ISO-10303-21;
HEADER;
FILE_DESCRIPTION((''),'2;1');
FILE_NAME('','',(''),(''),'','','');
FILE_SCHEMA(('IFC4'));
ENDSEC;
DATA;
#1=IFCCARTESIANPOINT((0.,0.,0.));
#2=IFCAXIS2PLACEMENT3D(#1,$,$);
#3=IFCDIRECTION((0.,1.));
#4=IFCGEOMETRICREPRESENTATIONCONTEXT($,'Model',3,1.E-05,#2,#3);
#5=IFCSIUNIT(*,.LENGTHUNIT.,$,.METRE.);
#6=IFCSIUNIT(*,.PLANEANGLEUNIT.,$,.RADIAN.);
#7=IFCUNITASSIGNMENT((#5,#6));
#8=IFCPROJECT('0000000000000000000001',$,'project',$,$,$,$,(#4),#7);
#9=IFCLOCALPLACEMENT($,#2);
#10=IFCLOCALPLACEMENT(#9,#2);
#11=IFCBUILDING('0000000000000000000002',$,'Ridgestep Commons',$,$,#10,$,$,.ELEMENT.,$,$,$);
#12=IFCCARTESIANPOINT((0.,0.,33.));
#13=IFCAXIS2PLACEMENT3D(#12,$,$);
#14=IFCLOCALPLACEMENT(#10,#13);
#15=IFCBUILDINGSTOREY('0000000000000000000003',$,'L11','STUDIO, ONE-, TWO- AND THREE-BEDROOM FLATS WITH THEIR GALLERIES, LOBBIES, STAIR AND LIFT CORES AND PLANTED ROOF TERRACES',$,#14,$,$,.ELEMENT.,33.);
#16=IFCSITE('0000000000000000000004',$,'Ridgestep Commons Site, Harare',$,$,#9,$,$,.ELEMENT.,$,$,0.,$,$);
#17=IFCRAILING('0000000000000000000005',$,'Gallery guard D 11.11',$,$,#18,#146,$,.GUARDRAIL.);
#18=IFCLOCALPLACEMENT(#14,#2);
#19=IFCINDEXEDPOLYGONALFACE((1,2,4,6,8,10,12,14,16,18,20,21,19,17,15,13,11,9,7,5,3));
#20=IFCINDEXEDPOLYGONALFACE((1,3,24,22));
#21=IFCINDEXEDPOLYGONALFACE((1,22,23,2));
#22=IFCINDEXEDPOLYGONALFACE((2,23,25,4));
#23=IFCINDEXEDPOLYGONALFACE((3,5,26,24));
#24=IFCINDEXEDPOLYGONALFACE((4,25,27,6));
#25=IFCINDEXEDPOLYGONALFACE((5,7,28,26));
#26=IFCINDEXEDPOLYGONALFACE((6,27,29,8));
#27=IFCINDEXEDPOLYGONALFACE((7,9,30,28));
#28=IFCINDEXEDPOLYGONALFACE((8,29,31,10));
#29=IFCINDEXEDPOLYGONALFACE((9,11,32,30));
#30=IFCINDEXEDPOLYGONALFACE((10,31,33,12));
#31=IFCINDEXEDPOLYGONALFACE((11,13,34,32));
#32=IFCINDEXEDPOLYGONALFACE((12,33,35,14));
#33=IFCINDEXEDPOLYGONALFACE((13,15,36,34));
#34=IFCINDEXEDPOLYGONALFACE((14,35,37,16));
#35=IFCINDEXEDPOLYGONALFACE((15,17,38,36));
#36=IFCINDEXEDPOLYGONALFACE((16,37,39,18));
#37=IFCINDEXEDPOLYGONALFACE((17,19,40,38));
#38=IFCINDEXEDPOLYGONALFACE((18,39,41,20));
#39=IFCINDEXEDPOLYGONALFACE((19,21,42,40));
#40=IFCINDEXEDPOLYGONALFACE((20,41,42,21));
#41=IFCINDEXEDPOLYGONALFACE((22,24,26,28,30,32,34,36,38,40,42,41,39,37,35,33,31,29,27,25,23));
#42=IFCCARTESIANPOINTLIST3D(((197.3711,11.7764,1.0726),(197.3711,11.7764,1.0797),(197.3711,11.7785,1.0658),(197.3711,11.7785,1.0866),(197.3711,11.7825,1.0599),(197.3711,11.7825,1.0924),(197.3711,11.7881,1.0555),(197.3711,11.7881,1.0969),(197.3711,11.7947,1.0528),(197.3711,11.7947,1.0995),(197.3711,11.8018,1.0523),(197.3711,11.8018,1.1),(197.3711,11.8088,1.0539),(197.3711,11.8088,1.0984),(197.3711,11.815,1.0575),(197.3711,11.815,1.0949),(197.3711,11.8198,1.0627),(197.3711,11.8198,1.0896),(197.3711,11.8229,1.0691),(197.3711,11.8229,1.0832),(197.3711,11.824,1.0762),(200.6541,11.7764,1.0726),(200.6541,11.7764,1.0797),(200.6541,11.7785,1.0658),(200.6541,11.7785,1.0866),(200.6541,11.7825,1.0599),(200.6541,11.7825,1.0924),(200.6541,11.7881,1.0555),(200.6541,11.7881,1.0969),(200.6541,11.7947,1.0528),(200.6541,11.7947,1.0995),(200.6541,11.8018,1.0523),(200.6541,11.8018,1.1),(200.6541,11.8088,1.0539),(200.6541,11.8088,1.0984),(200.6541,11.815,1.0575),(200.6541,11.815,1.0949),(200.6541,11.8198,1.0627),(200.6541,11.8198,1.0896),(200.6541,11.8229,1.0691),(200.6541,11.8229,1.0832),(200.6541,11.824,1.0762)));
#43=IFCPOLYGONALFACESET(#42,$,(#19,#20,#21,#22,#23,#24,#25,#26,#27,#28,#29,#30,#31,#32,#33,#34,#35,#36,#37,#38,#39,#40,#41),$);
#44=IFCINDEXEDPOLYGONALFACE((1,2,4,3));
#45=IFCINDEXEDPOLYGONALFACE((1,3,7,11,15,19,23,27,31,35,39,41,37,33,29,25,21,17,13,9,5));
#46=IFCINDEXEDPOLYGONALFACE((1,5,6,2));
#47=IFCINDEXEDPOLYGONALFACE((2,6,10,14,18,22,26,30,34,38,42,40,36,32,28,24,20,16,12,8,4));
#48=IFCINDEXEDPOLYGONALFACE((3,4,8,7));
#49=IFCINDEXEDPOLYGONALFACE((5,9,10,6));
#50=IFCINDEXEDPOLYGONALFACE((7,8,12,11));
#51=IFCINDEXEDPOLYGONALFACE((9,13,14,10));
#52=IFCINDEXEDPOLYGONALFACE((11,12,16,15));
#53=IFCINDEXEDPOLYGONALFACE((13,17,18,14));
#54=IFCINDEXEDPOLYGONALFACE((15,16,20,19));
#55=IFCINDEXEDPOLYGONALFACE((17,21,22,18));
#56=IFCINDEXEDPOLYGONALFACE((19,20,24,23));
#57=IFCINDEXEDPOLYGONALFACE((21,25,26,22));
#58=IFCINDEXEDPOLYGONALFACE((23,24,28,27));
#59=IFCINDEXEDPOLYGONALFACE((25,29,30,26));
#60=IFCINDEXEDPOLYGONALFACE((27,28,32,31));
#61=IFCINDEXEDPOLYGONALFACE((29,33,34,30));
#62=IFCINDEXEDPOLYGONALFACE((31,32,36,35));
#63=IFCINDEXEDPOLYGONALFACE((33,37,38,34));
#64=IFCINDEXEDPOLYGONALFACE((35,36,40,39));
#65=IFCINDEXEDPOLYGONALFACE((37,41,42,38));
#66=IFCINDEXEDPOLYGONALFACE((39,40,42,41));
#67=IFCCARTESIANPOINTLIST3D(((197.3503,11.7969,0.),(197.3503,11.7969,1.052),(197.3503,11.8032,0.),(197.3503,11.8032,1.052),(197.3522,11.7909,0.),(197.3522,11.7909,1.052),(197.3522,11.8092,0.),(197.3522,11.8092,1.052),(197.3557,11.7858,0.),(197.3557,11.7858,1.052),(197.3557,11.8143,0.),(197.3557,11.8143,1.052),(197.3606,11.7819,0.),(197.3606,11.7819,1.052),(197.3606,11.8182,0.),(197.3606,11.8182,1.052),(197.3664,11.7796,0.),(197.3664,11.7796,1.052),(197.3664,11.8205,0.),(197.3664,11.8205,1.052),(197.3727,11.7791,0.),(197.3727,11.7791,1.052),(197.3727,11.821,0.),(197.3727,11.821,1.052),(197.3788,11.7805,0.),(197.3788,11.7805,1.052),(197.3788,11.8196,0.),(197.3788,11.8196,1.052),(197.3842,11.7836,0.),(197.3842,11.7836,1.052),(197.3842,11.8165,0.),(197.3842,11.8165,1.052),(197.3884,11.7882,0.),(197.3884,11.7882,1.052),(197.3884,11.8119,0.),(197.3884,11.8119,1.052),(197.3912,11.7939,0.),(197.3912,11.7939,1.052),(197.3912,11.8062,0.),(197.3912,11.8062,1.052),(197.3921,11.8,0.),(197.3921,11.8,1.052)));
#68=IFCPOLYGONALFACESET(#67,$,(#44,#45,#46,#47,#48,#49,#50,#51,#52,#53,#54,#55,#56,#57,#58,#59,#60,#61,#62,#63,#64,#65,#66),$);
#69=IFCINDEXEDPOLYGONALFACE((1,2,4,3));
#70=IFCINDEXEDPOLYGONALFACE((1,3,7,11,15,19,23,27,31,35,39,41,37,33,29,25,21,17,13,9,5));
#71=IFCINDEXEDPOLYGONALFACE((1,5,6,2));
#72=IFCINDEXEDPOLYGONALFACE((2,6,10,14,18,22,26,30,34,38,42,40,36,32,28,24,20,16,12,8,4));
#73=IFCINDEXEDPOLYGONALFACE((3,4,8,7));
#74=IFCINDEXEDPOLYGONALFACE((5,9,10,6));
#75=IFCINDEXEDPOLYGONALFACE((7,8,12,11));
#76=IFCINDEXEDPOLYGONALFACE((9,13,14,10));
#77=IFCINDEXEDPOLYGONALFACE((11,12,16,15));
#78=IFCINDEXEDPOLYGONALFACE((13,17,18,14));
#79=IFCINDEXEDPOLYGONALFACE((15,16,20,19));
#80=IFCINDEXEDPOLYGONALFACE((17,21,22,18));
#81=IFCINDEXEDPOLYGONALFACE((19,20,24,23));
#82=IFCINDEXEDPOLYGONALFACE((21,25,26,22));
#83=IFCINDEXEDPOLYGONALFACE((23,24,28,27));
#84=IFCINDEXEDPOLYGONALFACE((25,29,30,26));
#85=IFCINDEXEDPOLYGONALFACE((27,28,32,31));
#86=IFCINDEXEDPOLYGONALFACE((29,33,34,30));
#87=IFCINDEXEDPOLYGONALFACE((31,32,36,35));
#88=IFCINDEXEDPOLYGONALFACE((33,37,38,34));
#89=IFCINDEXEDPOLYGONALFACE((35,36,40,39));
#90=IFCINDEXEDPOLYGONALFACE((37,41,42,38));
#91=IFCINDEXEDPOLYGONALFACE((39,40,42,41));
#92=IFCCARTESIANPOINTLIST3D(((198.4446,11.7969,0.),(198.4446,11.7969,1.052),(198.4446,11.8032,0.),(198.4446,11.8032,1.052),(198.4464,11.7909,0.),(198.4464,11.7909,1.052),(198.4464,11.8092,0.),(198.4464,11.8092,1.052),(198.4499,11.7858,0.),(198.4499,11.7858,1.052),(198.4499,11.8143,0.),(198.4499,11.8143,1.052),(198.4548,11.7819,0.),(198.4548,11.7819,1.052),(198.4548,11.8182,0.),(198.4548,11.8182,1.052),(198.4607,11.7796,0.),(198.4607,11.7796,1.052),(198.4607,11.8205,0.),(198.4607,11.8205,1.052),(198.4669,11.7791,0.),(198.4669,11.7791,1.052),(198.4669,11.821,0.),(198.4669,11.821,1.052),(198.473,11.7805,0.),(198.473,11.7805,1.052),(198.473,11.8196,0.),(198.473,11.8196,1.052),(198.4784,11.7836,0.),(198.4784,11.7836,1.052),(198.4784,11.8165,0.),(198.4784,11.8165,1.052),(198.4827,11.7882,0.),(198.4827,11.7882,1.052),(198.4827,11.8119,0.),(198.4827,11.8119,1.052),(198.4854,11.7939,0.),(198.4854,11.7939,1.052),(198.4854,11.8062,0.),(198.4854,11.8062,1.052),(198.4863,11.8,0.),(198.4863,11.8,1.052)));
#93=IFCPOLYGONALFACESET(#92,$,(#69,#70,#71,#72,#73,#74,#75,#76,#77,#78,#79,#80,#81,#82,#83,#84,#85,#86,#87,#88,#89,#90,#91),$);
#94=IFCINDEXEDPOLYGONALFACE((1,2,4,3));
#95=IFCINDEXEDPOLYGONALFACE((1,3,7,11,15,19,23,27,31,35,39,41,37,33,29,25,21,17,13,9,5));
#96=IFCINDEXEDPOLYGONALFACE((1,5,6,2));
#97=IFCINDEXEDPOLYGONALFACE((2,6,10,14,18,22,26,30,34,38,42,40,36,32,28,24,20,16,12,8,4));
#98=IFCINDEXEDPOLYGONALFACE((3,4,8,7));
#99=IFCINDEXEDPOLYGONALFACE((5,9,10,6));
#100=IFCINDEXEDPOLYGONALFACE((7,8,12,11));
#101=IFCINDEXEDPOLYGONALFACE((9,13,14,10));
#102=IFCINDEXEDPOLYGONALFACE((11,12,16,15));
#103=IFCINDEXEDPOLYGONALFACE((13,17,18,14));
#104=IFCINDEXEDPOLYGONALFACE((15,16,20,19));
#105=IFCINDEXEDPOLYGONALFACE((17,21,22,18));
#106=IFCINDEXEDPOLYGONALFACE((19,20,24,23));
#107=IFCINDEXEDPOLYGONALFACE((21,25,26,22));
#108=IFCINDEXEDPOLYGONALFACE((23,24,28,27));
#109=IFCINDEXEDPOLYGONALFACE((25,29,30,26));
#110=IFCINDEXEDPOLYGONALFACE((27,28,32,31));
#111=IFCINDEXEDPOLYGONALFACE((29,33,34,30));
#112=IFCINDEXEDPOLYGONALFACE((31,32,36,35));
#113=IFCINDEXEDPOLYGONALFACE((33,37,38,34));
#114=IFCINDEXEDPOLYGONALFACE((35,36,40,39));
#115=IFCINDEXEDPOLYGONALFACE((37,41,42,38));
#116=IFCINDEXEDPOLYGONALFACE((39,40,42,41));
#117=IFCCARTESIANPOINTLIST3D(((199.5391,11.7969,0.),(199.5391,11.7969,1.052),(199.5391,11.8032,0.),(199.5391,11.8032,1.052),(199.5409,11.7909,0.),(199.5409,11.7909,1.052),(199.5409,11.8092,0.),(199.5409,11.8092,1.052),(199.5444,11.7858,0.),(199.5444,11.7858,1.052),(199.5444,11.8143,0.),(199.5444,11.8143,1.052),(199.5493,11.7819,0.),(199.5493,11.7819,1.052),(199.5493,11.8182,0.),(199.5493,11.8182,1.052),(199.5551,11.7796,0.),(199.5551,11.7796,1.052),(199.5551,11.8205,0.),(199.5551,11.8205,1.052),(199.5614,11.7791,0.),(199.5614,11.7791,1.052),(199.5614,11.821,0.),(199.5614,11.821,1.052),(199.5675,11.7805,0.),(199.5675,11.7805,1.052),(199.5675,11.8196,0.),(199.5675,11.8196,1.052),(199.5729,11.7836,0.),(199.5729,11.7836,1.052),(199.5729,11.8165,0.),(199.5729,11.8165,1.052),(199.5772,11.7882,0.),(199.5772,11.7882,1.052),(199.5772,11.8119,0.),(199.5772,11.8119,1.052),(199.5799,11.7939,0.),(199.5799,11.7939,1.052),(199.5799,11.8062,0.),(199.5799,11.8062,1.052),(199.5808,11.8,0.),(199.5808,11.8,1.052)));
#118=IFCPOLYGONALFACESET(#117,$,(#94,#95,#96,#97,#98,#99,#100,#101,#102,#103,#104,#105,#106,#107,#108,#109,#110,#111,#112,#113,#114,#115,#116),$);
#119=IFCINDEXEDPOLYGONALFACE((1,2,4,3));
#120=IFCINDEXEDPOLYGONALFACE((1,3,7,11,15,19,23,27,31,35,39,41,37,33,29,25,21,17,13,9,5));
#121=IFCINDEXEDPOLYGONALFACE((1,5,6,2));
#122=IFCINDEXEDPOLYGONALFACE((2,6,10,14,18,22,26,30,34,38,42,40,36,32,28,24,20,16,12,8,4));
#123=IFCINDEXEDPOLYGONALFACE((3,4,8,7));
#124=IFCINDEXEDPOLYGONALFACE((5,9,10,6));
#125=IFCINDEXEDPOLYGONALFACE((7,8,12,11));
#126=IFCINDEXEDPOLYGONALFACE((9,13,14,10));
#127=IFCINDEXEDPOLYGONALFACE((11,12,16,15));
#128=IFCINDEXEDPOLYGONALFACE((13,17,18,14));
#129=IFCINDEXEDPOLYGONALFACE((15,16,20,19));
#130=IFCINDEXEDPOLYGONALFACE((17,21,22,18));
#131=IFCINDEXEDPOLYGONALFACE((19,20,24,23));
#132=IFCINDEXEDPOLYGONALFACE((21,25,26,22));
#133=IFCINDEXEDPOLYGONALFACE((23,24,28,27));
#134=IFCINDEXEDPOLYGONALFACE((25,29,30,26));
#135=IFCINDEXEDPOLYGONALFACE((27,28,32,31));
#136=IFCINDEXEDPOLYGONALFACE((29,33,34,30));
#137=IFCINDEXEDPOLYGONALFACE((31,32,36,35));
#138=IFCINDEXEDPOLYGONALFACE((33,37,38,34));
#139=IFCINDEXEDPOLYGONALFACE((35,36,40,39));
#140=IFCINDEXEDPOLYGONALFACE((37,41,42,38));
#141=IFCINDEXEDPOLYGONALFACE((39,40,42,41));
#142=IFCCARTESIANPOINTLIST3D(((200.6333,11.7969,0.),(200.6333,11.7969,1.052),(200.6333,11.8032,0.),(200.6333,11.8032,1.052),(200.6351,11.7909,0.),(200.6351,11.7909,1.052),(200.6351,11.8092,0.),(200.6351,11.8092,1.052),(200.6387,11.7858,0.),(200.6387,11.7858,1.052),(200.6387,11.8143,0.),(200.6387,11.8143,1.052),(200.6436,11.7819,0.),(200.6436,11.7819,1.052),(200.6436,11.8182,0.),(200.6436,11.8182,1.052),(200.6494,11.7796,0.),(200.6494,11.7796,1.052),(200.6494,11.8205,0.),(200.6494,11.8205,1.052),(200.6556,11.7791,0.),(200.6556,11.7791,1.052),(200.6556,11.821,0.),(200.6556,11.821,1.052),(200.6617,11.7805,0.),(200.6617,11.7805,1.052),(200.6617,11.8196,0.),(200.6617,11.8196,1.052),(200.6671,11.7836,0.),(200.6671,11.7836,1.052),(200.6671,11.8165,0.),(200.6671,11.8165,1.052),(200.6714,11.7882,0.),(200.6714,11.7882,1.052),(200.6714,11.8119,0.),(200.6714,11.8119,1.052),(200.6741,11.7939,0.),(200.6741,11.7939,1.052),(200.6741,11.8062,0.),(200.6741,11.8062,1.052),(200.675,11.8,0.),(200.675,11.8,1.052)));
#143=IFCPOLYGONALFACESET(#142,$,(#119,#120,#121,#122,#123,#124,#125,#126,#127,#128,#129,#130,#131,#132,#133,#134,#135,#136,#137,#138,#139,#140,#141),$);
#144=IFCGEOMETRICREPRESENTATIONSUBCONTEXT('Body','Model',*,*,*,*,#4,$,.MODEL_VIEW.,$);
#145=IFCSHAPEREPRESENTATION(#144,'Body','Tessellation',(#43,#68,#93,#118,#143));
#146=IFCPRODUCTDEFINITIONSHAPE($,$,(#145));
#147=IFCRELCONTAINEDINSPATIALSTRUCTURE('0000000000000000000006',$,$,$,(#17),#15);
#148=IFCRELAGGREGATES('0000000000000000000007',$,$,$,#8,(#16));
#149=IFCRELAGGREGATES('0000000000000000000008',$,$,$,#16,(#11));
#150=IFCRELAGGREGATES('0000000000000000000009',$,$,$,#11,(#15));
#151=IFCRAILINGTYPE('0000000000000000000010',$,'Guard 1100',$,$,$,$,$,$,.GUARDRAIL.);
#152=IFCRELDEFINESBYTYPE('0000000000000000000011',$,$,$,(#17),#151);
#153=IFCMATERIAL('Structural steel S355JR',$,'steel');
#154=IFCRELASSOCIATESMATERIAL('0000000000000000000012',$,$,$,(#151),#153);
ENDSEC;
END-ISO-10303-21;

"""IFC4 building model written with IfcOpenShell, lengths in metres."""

from ifc_helpers import new_model, si_unit, direction, frame, origin, origin_2d, place, context, subcontext, project, spatial, circle, extrude, material, type_object, element, save


model = new_model("IFC4")

# Units and contexts
model_context = context("Model", 3, precision=1e-05, world=origin(), true_north=direction((0.0, 1.0)))
body_context = subcontext(model_context, "Body", "Model", "MODEL_VIEW")
ifc_project = project(units=[si_unit("LENGTHUNIT", "METRE"), si_unit("PLANEANGLEUNIT", "RADIAN")], contexts=[model_context])

# Site, building, storey
site_placement = place(None, origin())
site = spatial("IfcSite", under=ifc_project, at=site_placement, Name="Ridgestep Commons Site, Harare", CompositionType="ELEMENT", RefElevation=0.0)
building_placement = place(site_placement, origin())
building = spatial("IfcBuilding", under=site, at=building_placement, Name="Ridgestep Commons", CompositionType="ELEMENT")
storey_placement = place(building_placement, frame((0.0, 0.0, 33.0)))
storey = spatial("IfcBuildingStorey", under=building, at=storey_placement, Name="L11", Description="STUDIO, ONE-, TWO- AND THREE-BEDROOM FLATS WITH THEIR GALLERIES, LOBBIES, STAIR AND LIFT CORES AND PLANTED ROOF TERRACES", CompositionType="ELEMENT", Elevation=33.0)

# Railing
ifc_material_1 = material(Name="Structural steel S355JR", Category="steel")
railing_type = type_object("IfcRailingType", Name="Guard 1100", PredefinedType="GUARDRAIL", material=ifc_material_1)
railing_1_placement = place(storey_placement, frame((197.3711, 11.8, 0.0)))
element("IfcRailing", 1, at=railing_1_placement, inside=storey, type_object=railing_type, Name="Gallery guard D 11.11", PredefinedType="GUARDRAIL", context=body_context, shape_type="SweptSolid", body=[
    extrude(circle(Radius=0.0239, at=origin_2d()), frame((0.0, 0.0, 1.0762), z_axis=(1.0, 0.0, 0.0), x_axis=(0.0, 1.0, 0.0)), (0.0, 0.0, 1.0), 3.283),
    extrude(circle(Radius=0.021, at=origin_2d()), origin(), (0.0, 0.0, 1.0), 1.052),
    extrude(circle(Radius=0.021, at=origin_2d()), frame((1.0942, 0.0, 0.0)), (0.0, 0.0, 1.0), 1.052),
    extrude(circle(Radius=0.021, at=origin_2d()), frame((2.1887, 0.0, 0.0)), (0.0, 0.0, 1.0), 1.052),
    extrude(circle(Radius=0.021, at=origin_2d()), frame((3.283, 0.0, 0.0)), (0.0, 0.0, 1.0), 1.052),
])

save(model, "model.ifc")
